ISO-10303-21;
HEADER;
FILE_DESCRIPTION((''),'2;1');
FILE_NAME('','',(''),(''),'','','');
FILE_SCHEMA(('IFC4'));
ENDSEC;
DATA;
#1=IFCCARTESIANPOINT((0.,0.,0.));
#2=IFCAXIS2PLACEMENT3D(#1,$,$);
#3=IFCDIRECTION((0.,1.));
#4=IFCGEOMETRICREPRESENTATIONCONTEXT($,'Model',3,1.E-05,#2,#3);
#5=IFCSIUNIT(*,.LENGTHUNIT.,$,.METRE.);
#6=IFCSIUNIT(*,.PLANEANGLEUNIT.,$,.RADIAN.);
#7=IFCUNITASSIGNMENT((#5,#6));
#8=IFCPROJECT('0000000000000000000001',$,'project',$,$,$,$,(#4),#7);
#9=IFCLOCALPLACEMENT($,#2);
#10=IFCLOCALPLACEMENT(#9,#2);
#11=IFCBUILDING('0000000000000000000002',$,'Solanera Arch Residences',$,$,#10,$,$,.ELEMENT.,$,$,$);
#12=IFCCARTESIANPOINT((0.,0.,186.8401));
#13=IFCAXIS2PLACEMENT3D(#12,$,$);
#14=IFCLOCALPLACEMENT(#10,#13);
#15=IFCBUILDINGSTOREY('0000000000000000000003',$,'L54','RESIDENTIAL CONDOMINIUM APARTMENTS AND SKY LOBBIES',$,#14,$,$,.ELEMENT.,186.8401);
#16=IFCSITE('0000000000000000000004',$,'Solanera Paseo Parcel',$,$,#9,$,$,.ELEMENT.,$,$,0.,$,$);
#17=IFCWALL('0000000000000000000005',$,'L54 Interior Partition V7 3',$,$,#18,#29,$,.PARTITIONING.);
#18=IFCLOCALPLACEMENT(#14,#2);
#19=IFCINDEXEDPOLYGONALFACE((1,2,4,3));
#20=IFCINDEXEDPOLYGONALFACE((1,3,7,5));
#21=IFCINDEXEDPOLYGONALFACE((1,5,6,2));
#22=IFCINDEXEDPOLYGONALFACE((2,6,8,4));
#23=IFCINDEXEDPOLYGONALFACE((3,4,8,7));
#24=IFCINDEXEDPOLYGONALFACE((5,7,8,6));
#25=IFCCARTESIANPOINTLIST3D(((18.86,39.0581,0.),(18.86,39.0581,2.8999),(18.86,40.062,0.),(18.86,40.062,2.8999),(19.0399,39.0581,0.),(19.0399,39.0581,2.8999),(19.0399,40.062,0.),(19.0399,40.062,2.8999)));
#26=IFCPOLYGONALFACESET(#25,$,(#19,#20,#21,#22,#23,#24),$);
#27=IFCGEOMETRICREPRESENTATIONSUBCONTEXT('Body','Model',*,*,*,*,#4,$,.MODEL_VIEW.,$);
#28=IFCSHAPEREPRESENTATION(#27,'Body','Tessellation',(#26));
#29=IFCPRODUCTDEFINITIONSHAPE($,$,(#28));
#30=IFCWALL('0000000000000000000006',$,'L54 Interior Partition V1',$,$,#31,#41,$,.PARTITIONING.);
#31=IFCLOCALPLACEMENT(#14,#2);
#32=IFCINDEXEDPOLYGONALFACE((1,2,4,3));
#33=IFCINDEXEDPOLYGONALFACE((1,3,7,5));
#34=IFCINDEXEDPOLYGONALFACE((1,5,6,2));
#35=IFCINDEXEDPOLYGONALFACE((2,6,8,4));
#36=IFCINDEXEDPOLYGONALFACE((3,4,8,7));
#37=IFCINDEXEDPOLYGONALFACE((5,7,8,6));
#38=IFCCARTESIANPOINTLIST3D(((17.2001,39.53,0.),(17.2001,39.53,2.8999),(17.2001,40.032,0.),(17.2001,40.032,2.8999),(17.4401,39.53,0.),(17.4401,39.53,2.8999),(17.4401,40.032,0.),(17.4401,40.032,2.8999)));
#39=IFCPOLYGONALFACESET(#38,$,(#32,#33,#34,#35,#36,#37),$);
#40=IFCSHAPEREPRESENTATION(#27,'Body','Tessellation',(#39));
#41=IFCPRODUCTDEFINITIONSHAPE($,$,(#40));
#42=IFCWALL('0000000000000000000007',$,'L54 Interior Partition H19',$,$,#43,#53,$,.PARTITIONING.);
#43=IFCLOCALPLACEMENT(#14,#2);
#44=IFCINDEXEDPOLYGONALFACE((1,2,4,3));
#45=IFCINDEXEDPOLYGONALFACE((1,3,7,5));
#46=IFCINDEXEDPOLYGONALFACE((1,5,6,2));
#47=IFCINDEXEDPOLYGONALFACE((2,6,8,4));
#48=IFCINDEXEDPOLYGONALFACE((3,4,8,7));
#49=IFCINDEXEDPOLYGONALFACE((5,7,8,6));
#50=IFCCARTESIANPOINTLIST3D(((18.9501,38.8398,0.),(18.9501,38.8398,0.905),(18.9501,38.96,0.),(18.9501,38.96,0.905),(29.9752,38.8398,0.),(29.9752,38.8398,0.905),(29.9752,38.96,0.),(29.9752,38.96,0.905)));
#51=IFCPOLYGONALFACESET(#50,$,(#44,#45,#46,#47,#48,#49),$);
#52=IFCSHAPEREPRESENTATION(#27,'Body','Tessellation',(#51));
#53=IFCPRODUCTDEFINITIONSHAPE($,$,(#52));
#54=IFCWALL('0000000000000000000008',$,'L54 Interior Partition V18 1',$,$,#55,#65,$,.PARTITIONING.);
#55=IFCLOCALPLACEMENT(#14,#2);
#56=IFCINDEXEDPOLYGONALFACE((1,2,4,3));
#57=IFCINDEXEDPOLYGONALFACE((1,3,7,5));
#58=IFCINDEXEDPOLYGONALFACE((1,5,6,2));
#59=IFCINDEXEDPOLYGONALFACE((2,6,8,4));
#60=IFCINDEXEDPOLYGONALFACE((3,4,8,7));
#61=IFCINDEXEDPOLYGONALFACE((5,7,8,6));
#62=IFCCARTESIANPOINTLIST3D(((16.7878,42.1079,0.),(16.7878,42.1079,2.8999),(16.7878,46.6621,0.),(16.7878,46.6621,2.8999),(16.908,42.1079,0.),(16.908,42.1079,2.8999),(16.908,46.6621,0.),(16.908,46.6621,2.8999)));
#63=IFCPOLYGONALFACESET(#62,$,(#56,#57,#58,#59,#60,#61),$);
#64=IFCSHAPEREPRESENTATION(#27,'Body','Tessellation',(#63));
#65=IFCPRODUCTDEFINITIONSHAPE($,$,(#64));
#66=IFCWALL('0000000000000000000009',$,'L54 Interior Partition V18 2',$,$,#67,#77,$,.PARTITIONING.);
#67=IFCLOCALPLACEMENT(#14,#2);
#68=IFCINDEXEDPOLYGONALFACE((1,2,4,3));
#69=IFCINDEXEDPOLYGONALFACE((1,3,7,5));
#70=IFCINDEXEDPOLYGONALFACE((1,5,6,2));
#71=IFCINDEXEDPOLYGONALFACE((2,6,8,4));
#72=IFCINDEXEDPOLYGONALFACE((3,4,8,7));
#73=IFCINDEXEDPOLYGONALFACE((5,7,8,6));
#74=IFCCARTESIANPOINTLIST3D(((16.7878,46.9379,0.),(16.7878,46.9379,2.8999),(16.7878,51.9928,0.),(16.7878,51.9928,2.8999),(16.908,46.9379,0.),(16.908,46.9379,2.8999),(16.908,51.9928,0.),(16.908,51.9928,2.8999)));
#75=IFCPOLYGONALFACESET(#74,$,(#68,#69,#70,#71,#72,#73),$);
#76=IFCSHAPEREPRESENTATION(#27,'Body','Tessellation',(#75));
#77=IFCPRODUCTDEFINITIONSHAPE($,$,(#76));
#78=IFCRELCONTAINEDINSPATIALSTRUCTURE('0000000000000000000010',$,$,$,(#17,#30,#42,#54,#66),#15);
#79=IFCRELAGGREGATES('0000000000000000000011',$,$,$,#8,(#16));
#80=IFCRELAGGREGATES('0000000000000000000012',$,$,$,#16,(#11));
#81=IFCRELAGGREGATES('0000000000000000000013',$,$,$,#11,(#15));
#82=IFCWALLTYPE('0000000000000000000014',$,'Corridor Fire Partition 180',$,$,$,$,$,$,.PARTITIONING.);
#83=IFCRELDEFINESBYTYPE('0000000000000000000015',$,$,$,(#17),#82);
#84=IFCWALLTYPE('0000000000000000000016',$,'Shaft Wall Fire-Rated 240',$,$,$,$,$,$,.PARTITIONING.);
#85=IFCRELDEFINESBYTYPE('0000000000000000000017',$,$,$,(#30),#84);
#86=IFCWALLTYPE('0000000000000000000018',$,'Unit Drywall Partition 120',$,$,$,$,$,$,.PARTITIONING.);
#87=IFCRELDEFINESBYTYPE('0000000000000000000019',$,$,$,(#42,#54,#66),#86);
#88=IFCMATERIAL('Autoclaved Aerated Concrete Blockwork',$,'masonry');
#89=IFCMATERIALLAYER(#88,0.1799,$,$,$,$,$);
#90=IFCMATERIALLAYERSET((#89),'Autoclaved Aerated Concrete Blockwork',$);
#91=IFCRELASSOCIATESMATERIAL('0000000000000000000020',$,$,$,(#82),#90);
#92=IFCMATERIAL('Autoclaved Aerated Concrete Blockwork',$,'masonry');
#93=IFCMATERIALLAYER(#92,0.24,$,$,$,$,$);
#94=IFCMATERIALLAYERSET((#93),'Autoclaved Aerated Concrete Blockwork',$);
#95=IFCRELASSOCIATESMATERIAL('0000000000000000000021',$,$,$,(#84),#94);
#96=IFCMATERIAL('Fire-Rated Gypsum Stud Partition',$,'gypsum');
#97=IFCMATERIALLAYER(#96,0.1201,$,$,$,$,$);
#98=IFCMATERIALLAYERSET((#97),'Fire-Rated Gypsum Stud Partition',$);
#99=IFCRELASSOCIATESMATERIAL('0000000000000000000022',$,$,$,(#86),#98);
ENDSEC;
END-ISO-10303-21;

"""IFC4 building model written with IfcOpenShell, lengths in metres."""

from ifc_helpers import new_model, si_unit, direction, frame, frame_2d, origin, place, context, subcontext, project, spatial, rectangle, extrude, material, layer, layer_set, type_object, element, save


model = new_model("IFC4")

# Units and contexts
model_context = context("Model", 3, precision=1e-05, world=origin(), true_north=direction((0.0, 1.0)))
body_context = subcontext(model_context, "Body", "Model", "MODEL_VIEW")
ifc_project = project(units=[si_unit("LENGTHUNIT", "METRE"), si_unit("PLANEANGLEUNIT", "RADIAN")], contexts=[model_context])

# Site, building, storey
site_placement = place(None, origin())
site = spatial("IfcSite", under=ifc_project, at=site_placement, Name="Solanera Paseo Parcel", CompositionType="ELEMENT", RefElevation=0.0)
building_placement = place(site_placement, origin())
building = spatial("IfcBuilding", under=site, at=building_placement, Name="Solanera Arch Residences", CompositionType="ELEMENT")
storey_placement = place(building_placement, frame((0.0, 0.0, 186.8401)))
storey = spatial("IfcBuildingStorey", under=building, at=storey_placement, Name="L54", Description="RESIDENTIAL CONDOMINIUM APARTMENTS AND SKY LOBBIES", CompositionType="ELEMENT", Elevation=186.8401)

# Walls
ifc_material_1 = material(Name="Autoclaved Aerated Concrete Blockwork", Category="masonry")
ifc_layer_1 = layer(ifc_material_1, 0.1799)
ifc_layer_set_1 = layer_set([ifc_layer_1], Name="Autoclaved Aerated Concrete Blockwork")
wall_type_1 = type_object("IfcWallType", Name="Corridor Fire Partition 180", PredefinedType="PARTITIONING", material=ifc_layer_set_1)
wall_1_placement = place(storey_placement, frame((18.95, 39.0581, 0.0), z_axis=(0.0, 0.0, 1.0), x_axis=(0.0, 1.0, 0.0)))
element("IfcWall", 1, at=wall_1_placement, inside=storey, type_object=wall_type_1, Name="L54 Interior Partition V7 3", PredefinedType="PARTITIONING", context=body_context, shape_type="SweptSolid", body=[
    extrude(rectangle(XDim=1.0039, YDim=0.1799, at=frame_2d((0.502, 0.0))), origin(), (0.0, 0.0, 1.0), 2.8999),
])
ifc_material_2 = material(Name="Autoclaved Aerated Concrete Blockwork", Category="masonry")
ifc_layer_2 = layer(ifc_material_2, 0.24)
ifc_layer_set_2 = layer_set([ifc_layer_2], Name="Autoclaved Aerated Concrete Blockwork")
wall_type_2 = type_object("IfcWallType", Name="Shaft Wall Fire-Rated 240", PredefinedType="PARTITIONING", material=ifc_layer_set_2)
wall_2_placement = place(storey_placement, frame((17.3201, 39.53, 0.0), z_axis=(0.0, 0.0, 1.0), x_axis=(0.0, 1.0, 0.0)))
element("IfcWall", 2, at=wall_2_placement, inside=storey, type_object=wall_type_2, Name="L54 Interior Partition V1", PredefinedType="PARTITIONING", context=body_context, shape_type="SweptSolid", body=[
    extrude(rectangle(XDim=0.502, YDim=0.24, at=frame_2d((0.251, 0.0))), origin(), (0.0, 0.0, 1.0), 2.8999),
])
ifc_material_3 = material(Name="Fire-Rated Gypsum Stud Partition", Category="gypsum")
ifc_layer_3 = layer(ifc_material_3, 0.1201)
ifc_layer_set_3 = layer_set([ifc_layer_3], Name="Fire-Rated Gypsum Stud Partition")
wall_type_3 = type_object("IfcWallType", Name="Unit Drywall Partition 120", PredefinedType="PARTITIONING", material=ifc_layer_set_3)
wall_3_placement = place(storey_placement, frame((18.95, 38.8999, 0.0), z_axis=(0.0, 0.0, 1.0), x_axis=(1.0, 0.0, 0.0)))
element("IfcWall", 3, at=wall_3_placement, inside=storey, type_object=wall_type_3, Name="L54 Interior Partition H19", PredefinedType="PARTITIONING", context=body_context, shape_type="SweptSolid", body=[
    extrude(rectangle(XDim=11.0251, YDim=0.1201, at=frame_2d((5.5127, 0.0))), origin(), (0.0, 0.0, 1.0), 0.905),
])
wall_4_placement = place(storey_placement, frame((16.8479, 42.1079, 0.0), z_axis=(0.0, 0.0, 1.0), x_axis=(0.0, 1.0, 0.0)))
element("IfcWall", 4, at=wall_4_placement, inside=storey, type_object=wall_type_3, Name="L54 Interior Partition V18 1", PredefinedType="PARTITIONING", context=body_context, shape_type="SweptSolid", body=[
    extrude(rectangle(XDim=4.5542, YDim=0.1201, at=frame_2d((2.2771, 0.0))), origin(), (0.0, 0.0, 1.0), 2.8999),
])
wall_5_placement = place(storey_placement, frame((16.8479, 46.938, 0.0), z_axis=(0.0, 0.0, 1.0), x_axis=(0.0, 1.0, 0.0)))
element("IfcWall", 5, at=wall_5_placement, inside=storey, type_object=wall_type_3, Name="L54 Interior Partition V18 2", PredefinedType="PARTITIONING", context=body_context, shape_type="SweptSolid", body=[
    extrude(rectangle(XDim=5.0549, YDim=0.1201, at=frame_2d((2.5273, 0.0))), origin(), (0.0, 0.0, 1.0), 2.8999),
])

save(model, "model.ifc")
